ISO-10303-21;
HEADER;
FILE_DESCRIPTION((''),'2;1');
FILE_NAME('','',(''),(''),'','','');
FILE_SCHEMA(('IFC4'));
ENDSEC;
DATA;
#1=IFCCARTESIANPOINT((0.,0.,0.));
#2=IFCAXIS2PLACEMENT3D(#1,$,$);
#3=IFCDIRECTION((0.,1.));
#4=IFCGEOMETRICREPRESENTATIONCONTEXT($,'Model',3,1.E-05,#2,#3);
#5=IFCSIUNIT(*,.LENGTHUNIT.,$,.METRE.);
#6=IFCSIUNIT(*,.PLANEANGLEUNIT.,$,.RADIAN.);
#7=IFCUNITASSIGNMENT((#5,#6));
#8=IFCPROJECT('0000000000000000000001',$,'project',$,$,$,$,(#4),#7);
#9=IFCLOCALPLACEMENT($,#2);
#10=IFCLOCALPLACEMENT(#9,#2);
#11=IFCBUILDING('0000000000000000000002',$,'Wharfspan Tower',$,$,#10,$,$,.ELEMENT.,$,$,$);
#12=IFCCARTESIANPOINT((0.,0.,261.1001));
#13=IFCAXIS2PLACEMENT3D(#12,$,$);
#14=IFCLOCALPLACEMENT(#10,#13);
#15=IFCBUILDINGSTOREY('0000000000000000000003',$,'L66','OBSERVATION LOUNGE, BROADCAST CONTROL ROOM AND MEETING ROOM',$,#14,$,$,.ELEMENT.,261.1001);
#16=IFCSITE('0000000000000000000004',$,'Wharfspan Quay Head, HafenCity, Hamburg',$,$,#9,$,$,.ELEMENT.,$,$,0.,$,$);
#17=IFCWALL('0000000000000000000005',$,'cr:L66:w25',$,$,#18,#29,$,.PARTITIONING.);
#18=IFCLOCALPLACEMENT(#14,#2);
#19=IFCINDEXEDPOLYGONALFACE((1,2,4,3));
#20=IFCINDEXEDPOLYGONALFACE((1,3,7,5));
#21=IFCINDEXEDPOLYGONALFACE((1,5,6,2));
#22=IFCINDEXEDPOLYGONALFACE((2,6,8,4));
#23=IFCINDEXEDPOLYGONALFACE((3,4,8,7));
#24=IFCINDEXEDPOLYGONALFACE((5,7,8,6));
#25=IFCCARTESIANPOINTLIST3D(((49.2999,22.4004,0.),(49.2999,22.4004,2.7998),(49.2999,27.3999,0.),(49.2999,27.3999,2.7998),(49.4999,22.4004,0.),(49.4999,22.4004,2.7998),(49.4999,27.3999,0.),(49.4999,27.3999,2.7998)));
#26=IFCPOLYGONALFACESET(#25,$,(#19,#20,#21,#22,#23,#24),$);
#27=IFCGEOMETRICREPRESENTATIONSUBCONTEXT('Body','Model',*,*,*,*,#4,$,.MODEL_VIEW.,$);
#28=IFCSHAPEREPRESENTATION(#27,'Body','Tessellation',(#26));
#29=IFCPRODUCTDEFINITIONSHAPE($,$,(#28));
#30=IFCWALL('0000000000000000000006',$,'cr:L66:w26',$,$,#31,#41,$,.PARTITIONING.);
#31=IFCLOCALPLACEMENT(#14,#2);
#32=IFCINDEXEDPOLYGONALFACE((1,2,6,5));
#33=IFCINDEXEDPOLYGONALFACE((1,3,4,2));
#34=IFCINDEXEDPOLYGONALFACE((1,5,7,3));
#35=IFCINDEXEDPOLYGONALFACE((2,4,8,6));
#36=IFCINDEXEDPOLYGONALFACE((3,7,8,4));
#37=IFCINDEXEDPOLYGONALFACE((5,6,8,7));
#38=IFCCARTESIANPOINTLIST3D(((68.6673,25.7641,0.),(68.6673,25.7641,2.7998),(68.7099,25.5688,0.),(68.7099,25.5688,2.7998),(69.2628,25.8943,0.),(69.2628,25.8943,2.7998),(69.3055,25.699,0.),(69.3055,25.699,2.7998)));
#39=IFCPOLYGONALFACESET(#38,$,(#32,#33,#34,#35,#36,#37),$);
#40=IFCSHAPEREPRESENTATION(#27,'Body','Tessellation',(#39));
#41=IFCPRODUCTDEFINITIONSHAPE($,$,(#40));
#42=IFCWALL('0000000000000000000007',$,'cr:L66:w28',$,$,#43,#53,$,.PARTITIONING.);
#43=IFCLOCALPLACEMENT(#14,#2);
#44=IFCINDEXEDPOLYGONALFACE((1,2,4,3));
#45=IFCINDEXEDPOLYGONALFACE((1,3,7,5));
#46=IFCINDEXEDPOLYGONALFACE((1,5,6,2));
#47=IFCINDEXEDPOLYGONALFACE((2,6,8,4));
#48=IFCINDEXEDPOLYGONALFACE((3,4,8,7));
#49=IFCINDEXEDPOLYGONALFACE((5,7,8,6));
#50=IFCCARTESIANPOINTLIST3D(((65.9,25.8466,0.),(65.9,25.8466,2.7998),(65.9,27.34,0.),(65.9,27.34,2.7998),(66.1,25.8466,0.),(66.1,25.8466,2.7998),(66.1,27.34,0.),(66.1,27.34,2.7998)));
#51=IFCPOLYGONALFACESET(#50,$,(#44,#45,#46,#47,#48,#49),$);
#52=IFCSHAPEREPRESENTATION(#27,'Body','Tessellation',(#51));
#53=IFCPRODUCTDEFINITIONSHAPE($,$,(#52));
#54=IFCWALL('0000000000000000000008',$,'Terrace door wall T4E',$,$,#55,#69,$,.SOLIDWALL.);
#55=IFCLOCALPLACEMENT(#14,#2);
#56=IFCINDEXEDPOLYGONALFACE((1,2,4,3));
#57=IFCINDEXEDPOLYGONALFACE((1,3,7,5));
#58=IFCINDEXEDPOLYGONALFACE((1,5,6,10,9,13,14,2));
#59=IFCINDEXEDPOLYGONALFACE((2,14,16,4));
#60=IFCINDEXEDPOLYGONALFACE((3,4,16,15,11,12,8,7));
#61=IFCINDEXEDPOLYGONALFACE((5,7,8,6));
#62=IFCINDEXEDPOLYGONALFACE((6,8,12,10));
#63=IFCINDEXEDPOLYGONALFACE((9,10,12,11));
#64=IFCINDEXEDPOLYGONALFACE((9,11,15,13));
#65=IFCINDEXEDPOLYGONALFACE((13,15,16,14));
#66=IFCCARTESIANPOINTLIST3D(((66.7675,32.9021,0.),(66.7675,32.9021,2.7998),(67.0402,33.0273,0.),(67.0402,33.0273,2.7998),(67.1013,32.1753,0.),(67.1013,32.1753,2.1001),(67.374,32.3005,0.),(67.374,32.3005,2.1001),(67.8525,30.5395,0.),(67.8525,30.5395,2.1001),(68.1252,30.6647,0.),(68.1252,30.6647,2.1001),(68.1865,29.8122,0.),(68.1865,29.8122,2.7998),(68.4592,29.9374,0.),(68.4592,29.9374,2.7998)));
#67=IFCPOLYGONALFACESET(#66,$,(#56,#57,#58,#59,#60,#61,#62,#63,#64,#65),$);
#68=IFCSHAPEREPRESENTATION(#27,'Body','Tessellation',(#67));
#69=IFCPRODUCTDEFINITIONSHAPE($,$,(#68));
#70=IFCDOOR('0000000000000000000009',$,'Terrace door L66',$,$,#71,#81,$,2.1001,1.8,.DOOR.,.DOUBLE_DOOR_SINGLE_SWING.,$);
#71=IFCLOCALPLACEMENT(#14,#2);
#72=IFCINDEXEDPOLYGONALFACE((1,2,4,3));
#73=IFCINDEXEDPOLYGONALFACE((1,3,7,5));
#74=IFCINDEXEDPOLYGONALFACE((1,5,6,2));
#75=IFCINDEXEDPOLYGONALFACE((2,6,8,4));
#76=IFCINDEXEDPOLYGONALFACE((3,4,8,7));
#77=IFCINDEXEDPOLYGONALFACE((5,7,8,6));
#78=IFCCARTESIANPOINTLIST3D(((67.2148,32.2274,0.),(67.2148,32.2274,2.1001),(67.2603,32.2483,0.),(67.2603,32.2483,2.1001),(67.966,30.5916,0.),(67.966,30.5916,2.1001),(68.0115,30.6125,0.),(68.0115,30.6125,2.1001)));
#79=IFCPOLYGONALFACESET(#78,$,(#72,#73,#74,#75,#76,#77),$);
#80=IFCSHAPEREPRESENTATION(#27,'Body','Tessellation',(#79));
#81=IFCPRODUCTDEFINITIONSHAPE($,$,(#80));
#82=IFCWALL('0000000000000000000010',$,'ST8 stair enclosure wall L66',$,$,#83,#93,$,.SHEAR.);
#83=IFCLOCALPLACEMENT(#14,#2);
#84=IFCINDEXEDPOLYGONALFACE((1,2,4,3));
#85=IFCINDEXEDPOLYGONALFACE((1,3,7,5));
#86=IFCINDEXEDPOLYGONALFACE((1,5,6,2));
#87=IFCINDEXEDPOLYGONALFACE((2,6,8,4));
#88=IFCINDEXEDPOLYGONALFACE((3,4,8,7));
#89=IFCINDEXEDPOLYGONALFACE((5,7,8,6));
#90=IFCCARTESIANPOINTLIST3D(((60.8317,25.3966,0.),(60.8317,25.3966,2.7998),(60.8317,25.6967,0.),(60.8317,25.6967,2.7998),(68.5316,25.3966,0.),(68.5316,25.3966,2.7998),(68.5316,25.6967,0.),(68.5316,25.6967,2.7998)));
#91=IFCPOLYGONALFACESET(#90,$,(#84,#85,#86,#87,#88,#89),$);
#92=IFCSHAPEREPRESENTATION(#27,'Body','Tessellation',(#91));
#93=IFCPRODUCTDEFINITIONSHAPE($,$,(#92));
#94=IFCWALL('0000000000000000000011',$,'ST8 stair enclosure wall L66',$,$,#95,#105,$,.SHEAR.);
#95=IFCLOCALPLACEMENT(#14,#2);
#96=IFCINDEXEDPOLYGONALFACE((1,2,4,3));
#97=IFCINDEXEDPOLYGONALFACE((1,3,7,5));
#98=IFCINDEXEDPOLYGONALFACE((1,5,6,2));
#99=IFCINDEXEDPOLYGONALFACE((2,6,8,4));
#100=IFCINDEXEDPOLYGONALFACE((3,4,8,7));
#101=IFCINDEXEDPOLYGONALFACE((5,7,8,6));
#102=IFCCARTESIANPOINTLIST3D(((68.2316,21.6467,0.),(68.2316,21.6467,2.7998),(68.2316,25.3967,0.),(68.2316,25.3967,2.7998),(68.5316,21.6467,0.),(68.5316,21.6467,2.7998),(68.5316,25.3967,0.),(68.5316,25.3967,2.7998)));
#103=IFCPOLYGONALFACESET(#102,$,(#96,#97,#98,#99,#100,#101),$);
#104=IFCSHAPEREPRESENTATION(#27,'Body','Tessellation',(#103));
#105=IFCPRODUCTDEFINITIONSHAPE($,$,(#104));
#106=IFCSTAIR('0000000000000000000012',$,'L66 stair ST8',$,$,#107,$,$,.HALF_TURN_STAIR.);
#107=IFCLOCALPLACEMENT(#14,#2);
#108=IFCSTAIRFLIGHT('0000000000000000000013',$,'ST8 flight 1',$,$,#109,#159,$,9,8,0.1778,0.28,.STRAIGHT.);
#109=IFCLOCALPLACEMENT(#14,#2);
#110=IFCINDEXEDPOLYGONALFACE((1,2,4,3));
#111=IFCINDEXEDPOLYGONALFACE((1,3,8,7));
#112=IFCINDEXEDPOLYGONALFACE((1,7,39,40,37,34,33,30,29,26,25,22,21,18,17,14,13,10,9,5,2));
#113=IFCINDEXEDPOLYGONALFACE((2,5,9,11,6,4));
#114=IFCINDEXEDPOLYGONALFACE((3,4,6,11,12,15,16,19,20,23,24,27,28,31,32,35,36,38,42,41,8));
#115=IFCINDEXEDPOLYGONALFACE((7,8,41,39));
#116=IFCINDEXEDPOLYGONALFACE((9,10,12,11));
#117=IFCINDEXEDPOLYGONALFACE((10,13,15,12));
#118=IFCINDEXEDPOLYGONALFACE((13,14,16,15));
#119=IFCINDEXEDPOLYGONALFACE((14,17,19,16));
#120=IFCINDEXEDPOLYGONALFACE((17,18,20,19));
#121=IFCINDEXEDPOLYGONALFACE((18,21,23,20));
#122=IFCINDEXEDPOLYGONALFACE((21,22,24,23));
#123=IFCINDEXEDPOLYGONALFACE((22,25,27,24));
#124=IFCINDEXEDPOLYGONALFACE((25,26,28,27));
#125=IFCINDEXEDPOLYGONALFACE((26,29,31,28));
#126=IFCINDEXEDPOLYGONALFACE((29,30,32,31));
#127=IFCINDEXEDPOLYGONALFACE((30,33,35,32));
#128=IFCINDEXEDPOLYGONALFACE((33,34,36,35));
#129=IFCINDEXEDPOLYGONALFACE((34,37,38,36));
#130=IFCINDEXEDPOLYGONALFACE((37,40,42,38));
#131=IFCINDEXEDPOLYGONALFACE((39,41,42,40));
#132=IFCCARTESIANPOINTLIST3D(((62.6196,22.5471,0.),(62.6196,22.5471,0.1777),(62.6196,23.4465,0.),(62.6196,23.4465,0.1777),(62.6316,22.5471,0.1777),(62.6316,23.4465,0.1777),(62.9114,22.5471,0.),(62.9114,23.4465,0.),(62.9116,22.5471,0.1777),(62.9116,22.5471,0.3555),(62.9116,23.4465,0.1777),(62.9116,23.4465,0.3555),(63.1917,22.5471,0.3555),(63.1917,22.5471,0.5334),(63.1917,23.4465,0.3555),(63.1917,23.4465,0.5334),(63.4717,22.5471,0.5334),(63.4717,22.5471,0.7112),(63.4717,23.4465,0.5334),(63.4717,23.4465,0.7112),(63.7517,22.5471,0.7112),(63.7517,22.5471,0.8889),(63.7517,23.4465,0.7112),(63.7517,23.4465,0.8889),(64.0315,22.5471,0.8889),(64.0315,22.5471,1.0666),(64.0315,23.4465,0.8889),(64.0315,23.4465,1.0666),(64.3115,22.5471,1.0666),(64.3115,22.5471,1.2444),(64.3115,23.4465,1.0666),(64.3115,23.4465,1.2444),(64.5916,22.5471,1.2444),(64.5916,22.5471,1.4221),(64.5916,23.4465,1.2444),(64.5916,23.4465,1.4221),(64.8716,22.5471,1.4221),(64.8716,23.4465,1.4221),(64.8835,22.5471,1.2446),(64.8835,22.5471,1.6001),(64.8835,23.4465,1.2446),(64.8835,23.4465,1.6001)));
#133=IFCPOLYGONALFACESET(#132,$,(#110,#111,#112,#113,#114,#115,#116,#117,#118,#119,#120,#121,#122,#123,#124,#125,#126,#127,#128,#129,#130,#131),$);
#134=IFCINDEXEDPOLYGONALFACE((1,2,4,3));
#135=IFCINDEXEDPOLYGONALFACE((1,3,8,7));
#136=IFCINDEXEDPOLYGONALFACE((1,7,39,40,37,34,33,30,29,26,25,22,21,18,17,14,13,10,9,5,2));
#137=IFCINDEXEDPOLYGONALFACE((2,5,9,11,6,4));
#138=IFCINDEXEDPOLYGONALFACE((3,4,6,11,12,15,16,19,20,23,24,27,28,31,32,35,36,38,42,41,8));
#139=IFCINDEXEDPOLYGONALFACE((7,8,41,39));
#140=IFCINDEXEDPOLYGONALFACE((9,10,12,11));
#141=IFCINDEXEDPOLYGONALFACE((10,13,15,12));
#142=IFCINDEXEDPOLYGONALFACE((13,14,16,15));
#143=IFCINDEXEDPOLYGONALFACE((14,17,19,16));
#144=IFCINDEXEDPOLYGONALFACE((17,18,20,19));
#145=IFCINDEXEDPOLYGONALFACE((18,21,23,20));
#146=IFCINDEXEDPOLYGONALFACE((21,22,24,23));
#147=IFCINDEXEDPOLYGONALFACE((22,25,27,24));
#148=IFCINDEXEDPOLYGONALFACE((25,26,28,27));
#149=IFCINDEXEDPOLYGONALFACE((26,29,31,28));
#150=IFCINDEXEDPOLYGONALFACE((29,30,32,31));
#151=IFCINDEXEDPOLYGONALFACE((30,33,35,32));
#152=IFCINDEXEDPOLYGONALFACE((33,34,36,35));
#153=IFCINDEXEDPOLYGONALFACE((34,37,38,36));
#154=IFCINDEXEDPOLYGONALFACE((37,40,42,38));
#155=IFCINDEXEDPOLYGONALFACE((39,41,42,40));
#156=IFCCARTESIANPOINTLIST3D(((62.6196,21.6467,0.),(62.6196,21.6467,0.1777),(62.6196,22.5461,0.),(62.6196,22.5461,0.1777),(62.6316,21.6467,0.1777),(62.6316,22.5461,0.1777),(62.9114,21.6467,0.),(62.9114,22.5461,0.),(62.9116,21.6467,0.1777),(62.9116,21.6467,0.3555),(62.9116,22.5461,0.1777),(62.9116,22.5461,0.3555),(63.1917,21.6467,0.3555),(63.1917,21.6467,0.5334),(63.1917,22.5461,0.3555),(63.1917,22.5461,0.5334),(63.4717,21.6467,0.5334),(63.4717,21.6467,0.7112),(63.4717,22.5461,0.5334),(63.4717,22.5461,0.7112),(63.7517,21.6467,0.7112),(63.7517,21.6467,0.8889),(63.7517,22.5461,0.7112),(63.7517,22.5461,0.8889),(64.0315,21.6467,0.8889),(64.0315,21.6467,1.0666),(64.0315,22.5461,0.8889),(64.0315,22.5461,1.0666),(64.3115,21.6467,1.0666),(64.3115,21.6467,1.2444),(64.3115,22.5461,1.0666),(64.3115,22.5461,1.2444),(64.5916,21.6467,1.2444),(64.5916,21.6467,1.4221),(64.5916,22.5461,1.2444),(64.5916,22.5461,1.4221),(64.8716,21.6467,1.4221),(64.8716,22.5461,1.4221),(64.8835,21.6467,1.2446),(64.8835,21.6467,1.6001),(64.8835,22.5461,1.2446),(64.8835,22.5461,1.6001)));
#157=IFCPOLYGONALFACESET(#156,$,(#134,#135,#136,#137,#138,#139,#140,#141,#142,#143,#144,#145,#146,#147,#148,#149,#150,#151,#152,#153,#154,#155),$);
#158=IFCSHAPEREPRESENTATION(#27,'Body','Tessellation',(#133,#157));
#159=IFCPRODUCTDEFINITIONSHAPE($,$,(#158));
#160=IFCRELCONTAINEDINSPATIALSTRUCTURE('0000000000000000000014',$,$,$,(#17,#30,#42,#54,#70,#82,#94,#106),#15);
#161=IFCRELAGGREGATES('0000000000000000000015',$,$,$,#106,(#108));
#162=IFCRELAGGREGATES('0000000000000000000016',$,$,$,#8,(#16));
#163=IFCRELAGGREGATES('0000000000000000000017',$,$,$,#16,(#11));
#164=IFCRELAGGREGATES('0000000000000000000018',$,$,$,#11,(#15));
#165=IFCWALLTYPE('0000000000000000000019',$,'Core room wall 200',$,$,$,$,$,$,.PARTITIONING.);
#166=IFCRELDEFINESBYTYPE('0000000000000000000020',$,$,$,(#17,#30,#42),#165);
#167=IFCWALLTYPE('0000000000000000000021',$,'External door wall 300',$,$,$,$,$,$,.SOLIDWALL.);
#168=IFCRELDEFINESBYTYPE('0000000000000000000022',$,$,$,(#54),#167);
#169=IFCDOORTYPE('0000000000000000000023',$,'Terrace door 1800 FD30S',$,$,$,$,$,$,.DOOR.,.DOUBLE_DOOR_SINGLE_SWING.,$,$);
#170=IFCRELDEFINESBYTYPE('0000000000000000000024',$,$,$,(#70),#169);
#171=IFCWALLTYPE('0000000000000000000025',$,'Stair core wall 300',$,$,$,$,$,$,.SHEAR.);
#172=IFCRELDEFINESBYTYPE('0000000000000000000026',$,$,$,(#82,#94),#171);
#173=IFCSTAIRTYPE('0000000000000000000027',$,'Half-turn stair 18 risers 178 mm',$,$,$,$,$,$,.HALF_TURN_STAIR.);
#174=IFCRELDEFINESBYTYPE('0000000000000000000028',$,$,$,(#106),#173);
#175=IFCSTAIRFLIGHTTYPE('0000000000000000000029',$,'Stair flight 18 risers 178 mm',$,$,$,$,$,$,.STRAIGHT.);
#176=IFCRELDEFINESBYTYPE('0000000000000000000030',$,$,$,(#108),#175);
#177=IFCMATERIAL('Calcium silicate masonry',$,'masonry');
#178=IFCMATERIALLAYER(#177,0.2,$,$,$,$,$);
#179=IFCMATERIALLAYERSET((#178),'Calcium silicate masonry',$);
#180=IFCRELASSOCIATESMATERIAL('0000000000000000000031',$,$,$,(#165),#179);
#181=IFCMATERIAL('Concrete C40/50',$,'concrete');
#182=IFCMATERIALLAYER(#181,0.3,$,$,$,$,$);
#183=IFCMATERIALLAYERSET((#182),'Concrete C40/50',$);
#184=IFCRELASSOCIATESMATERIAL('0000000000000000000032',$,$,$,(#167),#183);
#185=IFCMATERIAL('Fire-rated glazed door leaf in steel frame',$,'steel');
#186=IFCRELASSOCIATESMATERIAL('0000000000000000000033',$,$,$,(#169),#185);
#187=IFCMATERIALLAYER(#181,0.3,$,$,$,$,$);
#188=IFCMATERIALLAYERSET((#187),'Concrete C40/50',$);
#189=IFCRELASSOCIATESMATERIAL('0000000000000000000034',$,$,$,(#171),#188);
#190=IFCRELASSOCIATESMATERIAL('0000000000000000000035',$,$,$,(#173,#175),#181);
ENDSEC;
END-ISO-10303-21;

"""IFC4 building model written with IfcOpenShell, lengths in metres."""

from ifc_helpers import new_model, si_unit, direction, frame, frame_2d, origin, place, context, subcontext, project, spatial, polyline, rectangle, outline, extrude, material, layer, layer_set, type_object, element, fill, aggregate, save


model = new_model("IFC4")

# Units and contexts
model_context = context("Model", 3, precision=1e-05, world=origin(), true_north=direction((0.0, 1.0)))
body_context = subcontext(model_context, "Body", "Model", "MODEL_VIEW")
ifc_project = project(units=[si_unit("LENGTHUNIT", "METRE"), si_unit("PLANEANGLEUNIT", "RADIAN")], contexts=[model_context])

# Site, building, storey
site_placement = place(None, origin())
site = spatial("IfcSite", under=ifc_project, at=site_placement, Name="Wharfspan Quay Head, HafenCity, Hamburg", CompositionType="ELEMENT", RefElevation=0.0)
building_placement = place(site_placement, origin())
building = spatial("IfcBuilding", under=site, at=building_placement, Name="Wharfspan Tower", CompositionType="ELEMENT")
storey_placement = place(building_placement, frame((0.0, 0.0, 261.1001)))
storey = spatial("IfcBuildingStorey", under=building, at=storey_placement, Name="L66", Description="OBSERVATION LOUNGE, BROADCAST CONTROL ROOM AND MEETING ROOM", CompositionType="ELEMENT", Elevation=261.1001)

# Shared definitions
ifc_material_1 = material(Name="Calcium silicate masonry", Category="masonry")
ifc_layer_1 = layer(ifc_material_1, 0.2)
ifc_layer_set_1 = layer_set([ifc_layer_1], Name="Calcium silicate masonry")
wall_type_1 = type_object("IfcWallType", Name="Core room wall 200", PredefinedType="PARTITIONING", material=ifc_layer_set_1)

# Walls
wall_1_placement = place(storey_placement, frame((49.3999, 27.3999, 0.0), z_axis=(0.0, 0.0, 1.0), x_axis=(0.0, -1.0, 0.0)))
element("IfcWall", 1, at=wall_1_placement, inside=storey, type_object=wall_type_1, Name="cr:L66:w25", PredefinedType="PARTITIONING", context=body_context, shape_type="SweptSolid", body=[
    extrude(rectangle(XDim=4.9995, YDim=0.2, at=frame_2d((2.4998, 0.0))), origin(), (0.0, 0.0, 1.0), 2.7998),
])
wall_2_placement = place(storey_placement, frame((68.6887, 25.6665, 0.0), z_axis=(0.0, 0.0, 1.0), x_axis=(0.976941, 0.213493, 0.0)))
element("IfcWall", 2, at=wall_2_placement, inside=storey, type_object=wall_type_1, Name="cr:L66:w26", PredefinedType="PARTITIONING", context=body_context, shape_type="SweptSolid", body=[
    extrude(rectangle(XDim=0.6096, YDim=0.2, at=frame_2d((0.3047, 0.0))), origin(), (0.0, 0.0, 1.0), 2.7998),
])
wall_3_placement = place(storey_placement, frame((66.0, 25.8467, 0.0), z_axis=(0.0, 0.0, 1.0), x_axis=(0.0, 1.0, 0.0)))
element("IfcWall", 3, at=wall_3_placement, inside=storey, type_object=wall_type_1, Name="cr:L66:w28", PredefinedType="PARTITIONING", context=body_context, shape_type="SweptSolid", body=[
    extrude(rectangle(XDim=1.4934, YDim=0.2, at=frame_2d((0.7466, 0.0))), origin(), (0.0, 0.0, 1.0), 2.7998),
])

# Wall, opening, door
ifc_material_2 = material(Name="Concrete C40/50", Category="concrete")
ifc_layer_2 = layer(ifc_material_2, 0.3)
ifc_layer_set_2 = layer_set([ifc_layer_2], Name="Concrete C40/50")
wall_type_2 = type_object("IfcWallType", Name="External door wall 300", PredefinedType="SOLIDWALL", material=ifc_layer_set_2)
wall_4_placement = place(storey_placement, frame((66.9038, 32.9648, 0.0), z_axis=(0.0, 0.0, 1.0), x_axis=(0.417326, -0.908754, 0.0)))
wall_4 = element("IfcWall", 4, at=wall_4_placement, inside=storey, type_object=wall_type_2, Name="Terrace door wall T4E", PredefinedType="SOLIDWALL", context=body_context, shape_type="SweptSolid", body=[
    extrude(rectangle(XDim=3.4001, YDim=0.3, at=frame_2d((1.7002, 0.0))), origin(), (0.0, 0.0, 1.0), 2.7998),
])
opening_1_placement = place(wall_4_placement, frame((0.8, 0.0, 0.0)))
opening_1 = element("IfcOpeningElement", 5, at=opening_1_placement, cuts=wall_4, PredefinedType="OPENING", context=body_context, shape_type="SweptSolid", body=[
    extrude(rectangle(XDim=1.8, YDim=2.1001, at=frame_2d((0.8999, 1.05))), frame((0.0, 0.1599, 0.0), z_axis=(0.0, -1.0, 0.0), x_axis=(1.0, 0.0, 0.0)), (0.0, 0.0, 1.0), 0.3201),
])
ifc_material_3 = material(Name="Fire-rated glazed door leaf in steel frame", Category="steel")
door_type_1 = type_object("IfcDoorType", Name="Terrace door 1800 FD30S", OperationType="DOUBLE_DOOR_SINGLE_SWING", PredefinedType="DOOR", material=ifc_material_3)
door_1_placement = place(opening_1_placement, origin())
door_1 = element("IfcDoor", 6, at=door_1_placement, inside=storey, type_object=door_type_1, Name="Terrace door L66", OperationType="DOUBLE_DOOR_SINGLE_SWING", OverallHeight=2.1001, OverallWidth=1.8, PredefinedType="DOOR", context=body_context, shape_type="SweptSolid", body=[
    extrude(rectangle(XDim=1.8, YDim=2.1001, at=frame_2d((0.8999, 1.05))), frame((0.0, 0.0249, 0.0), z_axis=(0.0, -1.0, 0.0), x_axis=(1.0, 0.0, 0.0)), (0.0, 0.0, 1.0), 0.05),
])
fill(opening_1, door_1)

# Walls
ifc_layer_3 = layer(ifc_material_2, 0.3)
ifc_layer_set_3 = layer_set([ifc_layer_3], Name="Concrete C40/50")
wall_type_3 = type_object("IfcWallType", Name="Stair core wall 300", PredefinedType="SHEAR", material=ifc_layer_set_3)
wall_5_placement = place(storey_placement, frame((60.8315, 25.5466, 0.0), z_axis=(0.0, 0.0, 1.0), x_axis=(1.0, 0.0, 0.0)))
element("IfcWall", 7, at=wall_5_placement, inside=storey, type_object=wall_type_3, Name="ST8 stair enclosure wall L66", PredefinedType="SHEAR", context=body_context, shape_type="SweptSolid", body=[
    extrude(rectangle(XDim=7.7, YDim=0.3, at=frame_2d((3.8501, 0.0))), origin(), (0.0, 0.0, 1.0), 2.7998),
])
wall_6_placement = place(storey_placement, frame((68.3816, 21.6467, 0.0), z_axis=(0.0, 0.0, 1.0), x_axis=(0.0, 1.0, 0.0)))
element("IfcWall", 8, at=wall_6_placement, inside=storey, type_object=wall_type_3, Name="ST8 stair enclosure wall L66", PredefinedType="SHEAR", context=body_context, shape_type="SweptSolid", body=[
    extrude(rectangle(XDim=3.75, YDim=0.3, at=frame_2d((1.875, 0.0))), origin(), (0.0, 0.0, 1.0), 2.7998),
])

# Stair, stair flight
stair_type = type_object("IfcStairType", Name="Half-turn stair 18 risers 178 mm", PredefinedType="HALF_TURN_STAIR", material=ifc_material_2)
stair_placement = place(storey_placement, origin())
stair = element("IfcStair", 9, at=stair_placement, inside=storey, type_object=stair_type, Name="L66 stair ST8", PredefinedType="HALF_TURN_STAIR")
stair_flight_type = type_object("IfcStairFlightType", Name="Stair flight 18 risers 178 mm", PredefinedType="STRAIGHT", material=ifc_material_2)
stair_flight_1_placement = place(storey_placement, frame((62.6316, 22.5466, 0.0), z_axis=(0.0, 0.0, 1.0), x_axis=(1.0, 0.0, 0.0)))
stair_flight_1 = element("IfcStairFlight", 10, at=stair_flight_1_placement, type_object=stair_flight_type, Name="ST8 flight 1", NumberOfRisers=9, NumberOfTreads=8, PredefinedType="STRAIGHT", RiserHeight=0.1778, TreadLength=0.28, context=body_context, shape_type="SweptSolid", body=[
    extrude(outline(polyline([(-0.012, 0.0), (-0.012, 0.1777), (0.0, 0.1777), (0.28, 0.1777), (0.28, 0.3555), (0.5601, 0.3555), (0.5601, 0.5334), (0.8401, 0.5334), (0.8401, 0.7112), (1.1201, 0.7112), (1.1201, 0.8889), (1.3999, 0.8889), (1.3999, 1.0667), (1.6799, 1.0667), (1.6799, 1.2444), (1.96, 1.2444), (1.96, 1.4221), (2.24, 1.4221), (2.252, 1.6001), (2.252, 1.2446), (0.2798, 0.0), (-0.012, 0.0)])), frame((0.0, 0.8999, 0.0), z_axis=(0.0, -1.0, 0.0), x_axis=(1.0, 0.0, 0.0)), (0.0, 0.0, 1.0), 0.8994),
    extrude(outline(polyline([(-0.012, 0.0), (-0.012, 0.1777), (0.0, 0.1777), (0.28, 0.1777), (0.28, 0.3555), (0.5601, 0.3555), (0.5601, 0.5334), (0.8401, 0.5334), (0.8401, 0.7112), (1.1201, 0.7112), (1.1201, 0.8889), (1.3999, 0.8889), (1.3999, 1.0667), (1.6799, 1.0667), (1.6799, 1.2444), (1.96, 1.2444), (1.96, 1.4221), (2.24, 1.4221), (2.252, 1.6001), (2.252, 1.2446), (0.2798, 0.0), (-0.012, 0.0)])), frame((0.0, -0.0005, 0.0), z_axis=(0.0, -1.0, 0.0), x_axis=(1.0, 0.0, 0.0)), (0.0, 0.0, 1.0), 0.8994),
])
aggregate(stair, [stair_flight_1])

save(model, "model.ifc")
